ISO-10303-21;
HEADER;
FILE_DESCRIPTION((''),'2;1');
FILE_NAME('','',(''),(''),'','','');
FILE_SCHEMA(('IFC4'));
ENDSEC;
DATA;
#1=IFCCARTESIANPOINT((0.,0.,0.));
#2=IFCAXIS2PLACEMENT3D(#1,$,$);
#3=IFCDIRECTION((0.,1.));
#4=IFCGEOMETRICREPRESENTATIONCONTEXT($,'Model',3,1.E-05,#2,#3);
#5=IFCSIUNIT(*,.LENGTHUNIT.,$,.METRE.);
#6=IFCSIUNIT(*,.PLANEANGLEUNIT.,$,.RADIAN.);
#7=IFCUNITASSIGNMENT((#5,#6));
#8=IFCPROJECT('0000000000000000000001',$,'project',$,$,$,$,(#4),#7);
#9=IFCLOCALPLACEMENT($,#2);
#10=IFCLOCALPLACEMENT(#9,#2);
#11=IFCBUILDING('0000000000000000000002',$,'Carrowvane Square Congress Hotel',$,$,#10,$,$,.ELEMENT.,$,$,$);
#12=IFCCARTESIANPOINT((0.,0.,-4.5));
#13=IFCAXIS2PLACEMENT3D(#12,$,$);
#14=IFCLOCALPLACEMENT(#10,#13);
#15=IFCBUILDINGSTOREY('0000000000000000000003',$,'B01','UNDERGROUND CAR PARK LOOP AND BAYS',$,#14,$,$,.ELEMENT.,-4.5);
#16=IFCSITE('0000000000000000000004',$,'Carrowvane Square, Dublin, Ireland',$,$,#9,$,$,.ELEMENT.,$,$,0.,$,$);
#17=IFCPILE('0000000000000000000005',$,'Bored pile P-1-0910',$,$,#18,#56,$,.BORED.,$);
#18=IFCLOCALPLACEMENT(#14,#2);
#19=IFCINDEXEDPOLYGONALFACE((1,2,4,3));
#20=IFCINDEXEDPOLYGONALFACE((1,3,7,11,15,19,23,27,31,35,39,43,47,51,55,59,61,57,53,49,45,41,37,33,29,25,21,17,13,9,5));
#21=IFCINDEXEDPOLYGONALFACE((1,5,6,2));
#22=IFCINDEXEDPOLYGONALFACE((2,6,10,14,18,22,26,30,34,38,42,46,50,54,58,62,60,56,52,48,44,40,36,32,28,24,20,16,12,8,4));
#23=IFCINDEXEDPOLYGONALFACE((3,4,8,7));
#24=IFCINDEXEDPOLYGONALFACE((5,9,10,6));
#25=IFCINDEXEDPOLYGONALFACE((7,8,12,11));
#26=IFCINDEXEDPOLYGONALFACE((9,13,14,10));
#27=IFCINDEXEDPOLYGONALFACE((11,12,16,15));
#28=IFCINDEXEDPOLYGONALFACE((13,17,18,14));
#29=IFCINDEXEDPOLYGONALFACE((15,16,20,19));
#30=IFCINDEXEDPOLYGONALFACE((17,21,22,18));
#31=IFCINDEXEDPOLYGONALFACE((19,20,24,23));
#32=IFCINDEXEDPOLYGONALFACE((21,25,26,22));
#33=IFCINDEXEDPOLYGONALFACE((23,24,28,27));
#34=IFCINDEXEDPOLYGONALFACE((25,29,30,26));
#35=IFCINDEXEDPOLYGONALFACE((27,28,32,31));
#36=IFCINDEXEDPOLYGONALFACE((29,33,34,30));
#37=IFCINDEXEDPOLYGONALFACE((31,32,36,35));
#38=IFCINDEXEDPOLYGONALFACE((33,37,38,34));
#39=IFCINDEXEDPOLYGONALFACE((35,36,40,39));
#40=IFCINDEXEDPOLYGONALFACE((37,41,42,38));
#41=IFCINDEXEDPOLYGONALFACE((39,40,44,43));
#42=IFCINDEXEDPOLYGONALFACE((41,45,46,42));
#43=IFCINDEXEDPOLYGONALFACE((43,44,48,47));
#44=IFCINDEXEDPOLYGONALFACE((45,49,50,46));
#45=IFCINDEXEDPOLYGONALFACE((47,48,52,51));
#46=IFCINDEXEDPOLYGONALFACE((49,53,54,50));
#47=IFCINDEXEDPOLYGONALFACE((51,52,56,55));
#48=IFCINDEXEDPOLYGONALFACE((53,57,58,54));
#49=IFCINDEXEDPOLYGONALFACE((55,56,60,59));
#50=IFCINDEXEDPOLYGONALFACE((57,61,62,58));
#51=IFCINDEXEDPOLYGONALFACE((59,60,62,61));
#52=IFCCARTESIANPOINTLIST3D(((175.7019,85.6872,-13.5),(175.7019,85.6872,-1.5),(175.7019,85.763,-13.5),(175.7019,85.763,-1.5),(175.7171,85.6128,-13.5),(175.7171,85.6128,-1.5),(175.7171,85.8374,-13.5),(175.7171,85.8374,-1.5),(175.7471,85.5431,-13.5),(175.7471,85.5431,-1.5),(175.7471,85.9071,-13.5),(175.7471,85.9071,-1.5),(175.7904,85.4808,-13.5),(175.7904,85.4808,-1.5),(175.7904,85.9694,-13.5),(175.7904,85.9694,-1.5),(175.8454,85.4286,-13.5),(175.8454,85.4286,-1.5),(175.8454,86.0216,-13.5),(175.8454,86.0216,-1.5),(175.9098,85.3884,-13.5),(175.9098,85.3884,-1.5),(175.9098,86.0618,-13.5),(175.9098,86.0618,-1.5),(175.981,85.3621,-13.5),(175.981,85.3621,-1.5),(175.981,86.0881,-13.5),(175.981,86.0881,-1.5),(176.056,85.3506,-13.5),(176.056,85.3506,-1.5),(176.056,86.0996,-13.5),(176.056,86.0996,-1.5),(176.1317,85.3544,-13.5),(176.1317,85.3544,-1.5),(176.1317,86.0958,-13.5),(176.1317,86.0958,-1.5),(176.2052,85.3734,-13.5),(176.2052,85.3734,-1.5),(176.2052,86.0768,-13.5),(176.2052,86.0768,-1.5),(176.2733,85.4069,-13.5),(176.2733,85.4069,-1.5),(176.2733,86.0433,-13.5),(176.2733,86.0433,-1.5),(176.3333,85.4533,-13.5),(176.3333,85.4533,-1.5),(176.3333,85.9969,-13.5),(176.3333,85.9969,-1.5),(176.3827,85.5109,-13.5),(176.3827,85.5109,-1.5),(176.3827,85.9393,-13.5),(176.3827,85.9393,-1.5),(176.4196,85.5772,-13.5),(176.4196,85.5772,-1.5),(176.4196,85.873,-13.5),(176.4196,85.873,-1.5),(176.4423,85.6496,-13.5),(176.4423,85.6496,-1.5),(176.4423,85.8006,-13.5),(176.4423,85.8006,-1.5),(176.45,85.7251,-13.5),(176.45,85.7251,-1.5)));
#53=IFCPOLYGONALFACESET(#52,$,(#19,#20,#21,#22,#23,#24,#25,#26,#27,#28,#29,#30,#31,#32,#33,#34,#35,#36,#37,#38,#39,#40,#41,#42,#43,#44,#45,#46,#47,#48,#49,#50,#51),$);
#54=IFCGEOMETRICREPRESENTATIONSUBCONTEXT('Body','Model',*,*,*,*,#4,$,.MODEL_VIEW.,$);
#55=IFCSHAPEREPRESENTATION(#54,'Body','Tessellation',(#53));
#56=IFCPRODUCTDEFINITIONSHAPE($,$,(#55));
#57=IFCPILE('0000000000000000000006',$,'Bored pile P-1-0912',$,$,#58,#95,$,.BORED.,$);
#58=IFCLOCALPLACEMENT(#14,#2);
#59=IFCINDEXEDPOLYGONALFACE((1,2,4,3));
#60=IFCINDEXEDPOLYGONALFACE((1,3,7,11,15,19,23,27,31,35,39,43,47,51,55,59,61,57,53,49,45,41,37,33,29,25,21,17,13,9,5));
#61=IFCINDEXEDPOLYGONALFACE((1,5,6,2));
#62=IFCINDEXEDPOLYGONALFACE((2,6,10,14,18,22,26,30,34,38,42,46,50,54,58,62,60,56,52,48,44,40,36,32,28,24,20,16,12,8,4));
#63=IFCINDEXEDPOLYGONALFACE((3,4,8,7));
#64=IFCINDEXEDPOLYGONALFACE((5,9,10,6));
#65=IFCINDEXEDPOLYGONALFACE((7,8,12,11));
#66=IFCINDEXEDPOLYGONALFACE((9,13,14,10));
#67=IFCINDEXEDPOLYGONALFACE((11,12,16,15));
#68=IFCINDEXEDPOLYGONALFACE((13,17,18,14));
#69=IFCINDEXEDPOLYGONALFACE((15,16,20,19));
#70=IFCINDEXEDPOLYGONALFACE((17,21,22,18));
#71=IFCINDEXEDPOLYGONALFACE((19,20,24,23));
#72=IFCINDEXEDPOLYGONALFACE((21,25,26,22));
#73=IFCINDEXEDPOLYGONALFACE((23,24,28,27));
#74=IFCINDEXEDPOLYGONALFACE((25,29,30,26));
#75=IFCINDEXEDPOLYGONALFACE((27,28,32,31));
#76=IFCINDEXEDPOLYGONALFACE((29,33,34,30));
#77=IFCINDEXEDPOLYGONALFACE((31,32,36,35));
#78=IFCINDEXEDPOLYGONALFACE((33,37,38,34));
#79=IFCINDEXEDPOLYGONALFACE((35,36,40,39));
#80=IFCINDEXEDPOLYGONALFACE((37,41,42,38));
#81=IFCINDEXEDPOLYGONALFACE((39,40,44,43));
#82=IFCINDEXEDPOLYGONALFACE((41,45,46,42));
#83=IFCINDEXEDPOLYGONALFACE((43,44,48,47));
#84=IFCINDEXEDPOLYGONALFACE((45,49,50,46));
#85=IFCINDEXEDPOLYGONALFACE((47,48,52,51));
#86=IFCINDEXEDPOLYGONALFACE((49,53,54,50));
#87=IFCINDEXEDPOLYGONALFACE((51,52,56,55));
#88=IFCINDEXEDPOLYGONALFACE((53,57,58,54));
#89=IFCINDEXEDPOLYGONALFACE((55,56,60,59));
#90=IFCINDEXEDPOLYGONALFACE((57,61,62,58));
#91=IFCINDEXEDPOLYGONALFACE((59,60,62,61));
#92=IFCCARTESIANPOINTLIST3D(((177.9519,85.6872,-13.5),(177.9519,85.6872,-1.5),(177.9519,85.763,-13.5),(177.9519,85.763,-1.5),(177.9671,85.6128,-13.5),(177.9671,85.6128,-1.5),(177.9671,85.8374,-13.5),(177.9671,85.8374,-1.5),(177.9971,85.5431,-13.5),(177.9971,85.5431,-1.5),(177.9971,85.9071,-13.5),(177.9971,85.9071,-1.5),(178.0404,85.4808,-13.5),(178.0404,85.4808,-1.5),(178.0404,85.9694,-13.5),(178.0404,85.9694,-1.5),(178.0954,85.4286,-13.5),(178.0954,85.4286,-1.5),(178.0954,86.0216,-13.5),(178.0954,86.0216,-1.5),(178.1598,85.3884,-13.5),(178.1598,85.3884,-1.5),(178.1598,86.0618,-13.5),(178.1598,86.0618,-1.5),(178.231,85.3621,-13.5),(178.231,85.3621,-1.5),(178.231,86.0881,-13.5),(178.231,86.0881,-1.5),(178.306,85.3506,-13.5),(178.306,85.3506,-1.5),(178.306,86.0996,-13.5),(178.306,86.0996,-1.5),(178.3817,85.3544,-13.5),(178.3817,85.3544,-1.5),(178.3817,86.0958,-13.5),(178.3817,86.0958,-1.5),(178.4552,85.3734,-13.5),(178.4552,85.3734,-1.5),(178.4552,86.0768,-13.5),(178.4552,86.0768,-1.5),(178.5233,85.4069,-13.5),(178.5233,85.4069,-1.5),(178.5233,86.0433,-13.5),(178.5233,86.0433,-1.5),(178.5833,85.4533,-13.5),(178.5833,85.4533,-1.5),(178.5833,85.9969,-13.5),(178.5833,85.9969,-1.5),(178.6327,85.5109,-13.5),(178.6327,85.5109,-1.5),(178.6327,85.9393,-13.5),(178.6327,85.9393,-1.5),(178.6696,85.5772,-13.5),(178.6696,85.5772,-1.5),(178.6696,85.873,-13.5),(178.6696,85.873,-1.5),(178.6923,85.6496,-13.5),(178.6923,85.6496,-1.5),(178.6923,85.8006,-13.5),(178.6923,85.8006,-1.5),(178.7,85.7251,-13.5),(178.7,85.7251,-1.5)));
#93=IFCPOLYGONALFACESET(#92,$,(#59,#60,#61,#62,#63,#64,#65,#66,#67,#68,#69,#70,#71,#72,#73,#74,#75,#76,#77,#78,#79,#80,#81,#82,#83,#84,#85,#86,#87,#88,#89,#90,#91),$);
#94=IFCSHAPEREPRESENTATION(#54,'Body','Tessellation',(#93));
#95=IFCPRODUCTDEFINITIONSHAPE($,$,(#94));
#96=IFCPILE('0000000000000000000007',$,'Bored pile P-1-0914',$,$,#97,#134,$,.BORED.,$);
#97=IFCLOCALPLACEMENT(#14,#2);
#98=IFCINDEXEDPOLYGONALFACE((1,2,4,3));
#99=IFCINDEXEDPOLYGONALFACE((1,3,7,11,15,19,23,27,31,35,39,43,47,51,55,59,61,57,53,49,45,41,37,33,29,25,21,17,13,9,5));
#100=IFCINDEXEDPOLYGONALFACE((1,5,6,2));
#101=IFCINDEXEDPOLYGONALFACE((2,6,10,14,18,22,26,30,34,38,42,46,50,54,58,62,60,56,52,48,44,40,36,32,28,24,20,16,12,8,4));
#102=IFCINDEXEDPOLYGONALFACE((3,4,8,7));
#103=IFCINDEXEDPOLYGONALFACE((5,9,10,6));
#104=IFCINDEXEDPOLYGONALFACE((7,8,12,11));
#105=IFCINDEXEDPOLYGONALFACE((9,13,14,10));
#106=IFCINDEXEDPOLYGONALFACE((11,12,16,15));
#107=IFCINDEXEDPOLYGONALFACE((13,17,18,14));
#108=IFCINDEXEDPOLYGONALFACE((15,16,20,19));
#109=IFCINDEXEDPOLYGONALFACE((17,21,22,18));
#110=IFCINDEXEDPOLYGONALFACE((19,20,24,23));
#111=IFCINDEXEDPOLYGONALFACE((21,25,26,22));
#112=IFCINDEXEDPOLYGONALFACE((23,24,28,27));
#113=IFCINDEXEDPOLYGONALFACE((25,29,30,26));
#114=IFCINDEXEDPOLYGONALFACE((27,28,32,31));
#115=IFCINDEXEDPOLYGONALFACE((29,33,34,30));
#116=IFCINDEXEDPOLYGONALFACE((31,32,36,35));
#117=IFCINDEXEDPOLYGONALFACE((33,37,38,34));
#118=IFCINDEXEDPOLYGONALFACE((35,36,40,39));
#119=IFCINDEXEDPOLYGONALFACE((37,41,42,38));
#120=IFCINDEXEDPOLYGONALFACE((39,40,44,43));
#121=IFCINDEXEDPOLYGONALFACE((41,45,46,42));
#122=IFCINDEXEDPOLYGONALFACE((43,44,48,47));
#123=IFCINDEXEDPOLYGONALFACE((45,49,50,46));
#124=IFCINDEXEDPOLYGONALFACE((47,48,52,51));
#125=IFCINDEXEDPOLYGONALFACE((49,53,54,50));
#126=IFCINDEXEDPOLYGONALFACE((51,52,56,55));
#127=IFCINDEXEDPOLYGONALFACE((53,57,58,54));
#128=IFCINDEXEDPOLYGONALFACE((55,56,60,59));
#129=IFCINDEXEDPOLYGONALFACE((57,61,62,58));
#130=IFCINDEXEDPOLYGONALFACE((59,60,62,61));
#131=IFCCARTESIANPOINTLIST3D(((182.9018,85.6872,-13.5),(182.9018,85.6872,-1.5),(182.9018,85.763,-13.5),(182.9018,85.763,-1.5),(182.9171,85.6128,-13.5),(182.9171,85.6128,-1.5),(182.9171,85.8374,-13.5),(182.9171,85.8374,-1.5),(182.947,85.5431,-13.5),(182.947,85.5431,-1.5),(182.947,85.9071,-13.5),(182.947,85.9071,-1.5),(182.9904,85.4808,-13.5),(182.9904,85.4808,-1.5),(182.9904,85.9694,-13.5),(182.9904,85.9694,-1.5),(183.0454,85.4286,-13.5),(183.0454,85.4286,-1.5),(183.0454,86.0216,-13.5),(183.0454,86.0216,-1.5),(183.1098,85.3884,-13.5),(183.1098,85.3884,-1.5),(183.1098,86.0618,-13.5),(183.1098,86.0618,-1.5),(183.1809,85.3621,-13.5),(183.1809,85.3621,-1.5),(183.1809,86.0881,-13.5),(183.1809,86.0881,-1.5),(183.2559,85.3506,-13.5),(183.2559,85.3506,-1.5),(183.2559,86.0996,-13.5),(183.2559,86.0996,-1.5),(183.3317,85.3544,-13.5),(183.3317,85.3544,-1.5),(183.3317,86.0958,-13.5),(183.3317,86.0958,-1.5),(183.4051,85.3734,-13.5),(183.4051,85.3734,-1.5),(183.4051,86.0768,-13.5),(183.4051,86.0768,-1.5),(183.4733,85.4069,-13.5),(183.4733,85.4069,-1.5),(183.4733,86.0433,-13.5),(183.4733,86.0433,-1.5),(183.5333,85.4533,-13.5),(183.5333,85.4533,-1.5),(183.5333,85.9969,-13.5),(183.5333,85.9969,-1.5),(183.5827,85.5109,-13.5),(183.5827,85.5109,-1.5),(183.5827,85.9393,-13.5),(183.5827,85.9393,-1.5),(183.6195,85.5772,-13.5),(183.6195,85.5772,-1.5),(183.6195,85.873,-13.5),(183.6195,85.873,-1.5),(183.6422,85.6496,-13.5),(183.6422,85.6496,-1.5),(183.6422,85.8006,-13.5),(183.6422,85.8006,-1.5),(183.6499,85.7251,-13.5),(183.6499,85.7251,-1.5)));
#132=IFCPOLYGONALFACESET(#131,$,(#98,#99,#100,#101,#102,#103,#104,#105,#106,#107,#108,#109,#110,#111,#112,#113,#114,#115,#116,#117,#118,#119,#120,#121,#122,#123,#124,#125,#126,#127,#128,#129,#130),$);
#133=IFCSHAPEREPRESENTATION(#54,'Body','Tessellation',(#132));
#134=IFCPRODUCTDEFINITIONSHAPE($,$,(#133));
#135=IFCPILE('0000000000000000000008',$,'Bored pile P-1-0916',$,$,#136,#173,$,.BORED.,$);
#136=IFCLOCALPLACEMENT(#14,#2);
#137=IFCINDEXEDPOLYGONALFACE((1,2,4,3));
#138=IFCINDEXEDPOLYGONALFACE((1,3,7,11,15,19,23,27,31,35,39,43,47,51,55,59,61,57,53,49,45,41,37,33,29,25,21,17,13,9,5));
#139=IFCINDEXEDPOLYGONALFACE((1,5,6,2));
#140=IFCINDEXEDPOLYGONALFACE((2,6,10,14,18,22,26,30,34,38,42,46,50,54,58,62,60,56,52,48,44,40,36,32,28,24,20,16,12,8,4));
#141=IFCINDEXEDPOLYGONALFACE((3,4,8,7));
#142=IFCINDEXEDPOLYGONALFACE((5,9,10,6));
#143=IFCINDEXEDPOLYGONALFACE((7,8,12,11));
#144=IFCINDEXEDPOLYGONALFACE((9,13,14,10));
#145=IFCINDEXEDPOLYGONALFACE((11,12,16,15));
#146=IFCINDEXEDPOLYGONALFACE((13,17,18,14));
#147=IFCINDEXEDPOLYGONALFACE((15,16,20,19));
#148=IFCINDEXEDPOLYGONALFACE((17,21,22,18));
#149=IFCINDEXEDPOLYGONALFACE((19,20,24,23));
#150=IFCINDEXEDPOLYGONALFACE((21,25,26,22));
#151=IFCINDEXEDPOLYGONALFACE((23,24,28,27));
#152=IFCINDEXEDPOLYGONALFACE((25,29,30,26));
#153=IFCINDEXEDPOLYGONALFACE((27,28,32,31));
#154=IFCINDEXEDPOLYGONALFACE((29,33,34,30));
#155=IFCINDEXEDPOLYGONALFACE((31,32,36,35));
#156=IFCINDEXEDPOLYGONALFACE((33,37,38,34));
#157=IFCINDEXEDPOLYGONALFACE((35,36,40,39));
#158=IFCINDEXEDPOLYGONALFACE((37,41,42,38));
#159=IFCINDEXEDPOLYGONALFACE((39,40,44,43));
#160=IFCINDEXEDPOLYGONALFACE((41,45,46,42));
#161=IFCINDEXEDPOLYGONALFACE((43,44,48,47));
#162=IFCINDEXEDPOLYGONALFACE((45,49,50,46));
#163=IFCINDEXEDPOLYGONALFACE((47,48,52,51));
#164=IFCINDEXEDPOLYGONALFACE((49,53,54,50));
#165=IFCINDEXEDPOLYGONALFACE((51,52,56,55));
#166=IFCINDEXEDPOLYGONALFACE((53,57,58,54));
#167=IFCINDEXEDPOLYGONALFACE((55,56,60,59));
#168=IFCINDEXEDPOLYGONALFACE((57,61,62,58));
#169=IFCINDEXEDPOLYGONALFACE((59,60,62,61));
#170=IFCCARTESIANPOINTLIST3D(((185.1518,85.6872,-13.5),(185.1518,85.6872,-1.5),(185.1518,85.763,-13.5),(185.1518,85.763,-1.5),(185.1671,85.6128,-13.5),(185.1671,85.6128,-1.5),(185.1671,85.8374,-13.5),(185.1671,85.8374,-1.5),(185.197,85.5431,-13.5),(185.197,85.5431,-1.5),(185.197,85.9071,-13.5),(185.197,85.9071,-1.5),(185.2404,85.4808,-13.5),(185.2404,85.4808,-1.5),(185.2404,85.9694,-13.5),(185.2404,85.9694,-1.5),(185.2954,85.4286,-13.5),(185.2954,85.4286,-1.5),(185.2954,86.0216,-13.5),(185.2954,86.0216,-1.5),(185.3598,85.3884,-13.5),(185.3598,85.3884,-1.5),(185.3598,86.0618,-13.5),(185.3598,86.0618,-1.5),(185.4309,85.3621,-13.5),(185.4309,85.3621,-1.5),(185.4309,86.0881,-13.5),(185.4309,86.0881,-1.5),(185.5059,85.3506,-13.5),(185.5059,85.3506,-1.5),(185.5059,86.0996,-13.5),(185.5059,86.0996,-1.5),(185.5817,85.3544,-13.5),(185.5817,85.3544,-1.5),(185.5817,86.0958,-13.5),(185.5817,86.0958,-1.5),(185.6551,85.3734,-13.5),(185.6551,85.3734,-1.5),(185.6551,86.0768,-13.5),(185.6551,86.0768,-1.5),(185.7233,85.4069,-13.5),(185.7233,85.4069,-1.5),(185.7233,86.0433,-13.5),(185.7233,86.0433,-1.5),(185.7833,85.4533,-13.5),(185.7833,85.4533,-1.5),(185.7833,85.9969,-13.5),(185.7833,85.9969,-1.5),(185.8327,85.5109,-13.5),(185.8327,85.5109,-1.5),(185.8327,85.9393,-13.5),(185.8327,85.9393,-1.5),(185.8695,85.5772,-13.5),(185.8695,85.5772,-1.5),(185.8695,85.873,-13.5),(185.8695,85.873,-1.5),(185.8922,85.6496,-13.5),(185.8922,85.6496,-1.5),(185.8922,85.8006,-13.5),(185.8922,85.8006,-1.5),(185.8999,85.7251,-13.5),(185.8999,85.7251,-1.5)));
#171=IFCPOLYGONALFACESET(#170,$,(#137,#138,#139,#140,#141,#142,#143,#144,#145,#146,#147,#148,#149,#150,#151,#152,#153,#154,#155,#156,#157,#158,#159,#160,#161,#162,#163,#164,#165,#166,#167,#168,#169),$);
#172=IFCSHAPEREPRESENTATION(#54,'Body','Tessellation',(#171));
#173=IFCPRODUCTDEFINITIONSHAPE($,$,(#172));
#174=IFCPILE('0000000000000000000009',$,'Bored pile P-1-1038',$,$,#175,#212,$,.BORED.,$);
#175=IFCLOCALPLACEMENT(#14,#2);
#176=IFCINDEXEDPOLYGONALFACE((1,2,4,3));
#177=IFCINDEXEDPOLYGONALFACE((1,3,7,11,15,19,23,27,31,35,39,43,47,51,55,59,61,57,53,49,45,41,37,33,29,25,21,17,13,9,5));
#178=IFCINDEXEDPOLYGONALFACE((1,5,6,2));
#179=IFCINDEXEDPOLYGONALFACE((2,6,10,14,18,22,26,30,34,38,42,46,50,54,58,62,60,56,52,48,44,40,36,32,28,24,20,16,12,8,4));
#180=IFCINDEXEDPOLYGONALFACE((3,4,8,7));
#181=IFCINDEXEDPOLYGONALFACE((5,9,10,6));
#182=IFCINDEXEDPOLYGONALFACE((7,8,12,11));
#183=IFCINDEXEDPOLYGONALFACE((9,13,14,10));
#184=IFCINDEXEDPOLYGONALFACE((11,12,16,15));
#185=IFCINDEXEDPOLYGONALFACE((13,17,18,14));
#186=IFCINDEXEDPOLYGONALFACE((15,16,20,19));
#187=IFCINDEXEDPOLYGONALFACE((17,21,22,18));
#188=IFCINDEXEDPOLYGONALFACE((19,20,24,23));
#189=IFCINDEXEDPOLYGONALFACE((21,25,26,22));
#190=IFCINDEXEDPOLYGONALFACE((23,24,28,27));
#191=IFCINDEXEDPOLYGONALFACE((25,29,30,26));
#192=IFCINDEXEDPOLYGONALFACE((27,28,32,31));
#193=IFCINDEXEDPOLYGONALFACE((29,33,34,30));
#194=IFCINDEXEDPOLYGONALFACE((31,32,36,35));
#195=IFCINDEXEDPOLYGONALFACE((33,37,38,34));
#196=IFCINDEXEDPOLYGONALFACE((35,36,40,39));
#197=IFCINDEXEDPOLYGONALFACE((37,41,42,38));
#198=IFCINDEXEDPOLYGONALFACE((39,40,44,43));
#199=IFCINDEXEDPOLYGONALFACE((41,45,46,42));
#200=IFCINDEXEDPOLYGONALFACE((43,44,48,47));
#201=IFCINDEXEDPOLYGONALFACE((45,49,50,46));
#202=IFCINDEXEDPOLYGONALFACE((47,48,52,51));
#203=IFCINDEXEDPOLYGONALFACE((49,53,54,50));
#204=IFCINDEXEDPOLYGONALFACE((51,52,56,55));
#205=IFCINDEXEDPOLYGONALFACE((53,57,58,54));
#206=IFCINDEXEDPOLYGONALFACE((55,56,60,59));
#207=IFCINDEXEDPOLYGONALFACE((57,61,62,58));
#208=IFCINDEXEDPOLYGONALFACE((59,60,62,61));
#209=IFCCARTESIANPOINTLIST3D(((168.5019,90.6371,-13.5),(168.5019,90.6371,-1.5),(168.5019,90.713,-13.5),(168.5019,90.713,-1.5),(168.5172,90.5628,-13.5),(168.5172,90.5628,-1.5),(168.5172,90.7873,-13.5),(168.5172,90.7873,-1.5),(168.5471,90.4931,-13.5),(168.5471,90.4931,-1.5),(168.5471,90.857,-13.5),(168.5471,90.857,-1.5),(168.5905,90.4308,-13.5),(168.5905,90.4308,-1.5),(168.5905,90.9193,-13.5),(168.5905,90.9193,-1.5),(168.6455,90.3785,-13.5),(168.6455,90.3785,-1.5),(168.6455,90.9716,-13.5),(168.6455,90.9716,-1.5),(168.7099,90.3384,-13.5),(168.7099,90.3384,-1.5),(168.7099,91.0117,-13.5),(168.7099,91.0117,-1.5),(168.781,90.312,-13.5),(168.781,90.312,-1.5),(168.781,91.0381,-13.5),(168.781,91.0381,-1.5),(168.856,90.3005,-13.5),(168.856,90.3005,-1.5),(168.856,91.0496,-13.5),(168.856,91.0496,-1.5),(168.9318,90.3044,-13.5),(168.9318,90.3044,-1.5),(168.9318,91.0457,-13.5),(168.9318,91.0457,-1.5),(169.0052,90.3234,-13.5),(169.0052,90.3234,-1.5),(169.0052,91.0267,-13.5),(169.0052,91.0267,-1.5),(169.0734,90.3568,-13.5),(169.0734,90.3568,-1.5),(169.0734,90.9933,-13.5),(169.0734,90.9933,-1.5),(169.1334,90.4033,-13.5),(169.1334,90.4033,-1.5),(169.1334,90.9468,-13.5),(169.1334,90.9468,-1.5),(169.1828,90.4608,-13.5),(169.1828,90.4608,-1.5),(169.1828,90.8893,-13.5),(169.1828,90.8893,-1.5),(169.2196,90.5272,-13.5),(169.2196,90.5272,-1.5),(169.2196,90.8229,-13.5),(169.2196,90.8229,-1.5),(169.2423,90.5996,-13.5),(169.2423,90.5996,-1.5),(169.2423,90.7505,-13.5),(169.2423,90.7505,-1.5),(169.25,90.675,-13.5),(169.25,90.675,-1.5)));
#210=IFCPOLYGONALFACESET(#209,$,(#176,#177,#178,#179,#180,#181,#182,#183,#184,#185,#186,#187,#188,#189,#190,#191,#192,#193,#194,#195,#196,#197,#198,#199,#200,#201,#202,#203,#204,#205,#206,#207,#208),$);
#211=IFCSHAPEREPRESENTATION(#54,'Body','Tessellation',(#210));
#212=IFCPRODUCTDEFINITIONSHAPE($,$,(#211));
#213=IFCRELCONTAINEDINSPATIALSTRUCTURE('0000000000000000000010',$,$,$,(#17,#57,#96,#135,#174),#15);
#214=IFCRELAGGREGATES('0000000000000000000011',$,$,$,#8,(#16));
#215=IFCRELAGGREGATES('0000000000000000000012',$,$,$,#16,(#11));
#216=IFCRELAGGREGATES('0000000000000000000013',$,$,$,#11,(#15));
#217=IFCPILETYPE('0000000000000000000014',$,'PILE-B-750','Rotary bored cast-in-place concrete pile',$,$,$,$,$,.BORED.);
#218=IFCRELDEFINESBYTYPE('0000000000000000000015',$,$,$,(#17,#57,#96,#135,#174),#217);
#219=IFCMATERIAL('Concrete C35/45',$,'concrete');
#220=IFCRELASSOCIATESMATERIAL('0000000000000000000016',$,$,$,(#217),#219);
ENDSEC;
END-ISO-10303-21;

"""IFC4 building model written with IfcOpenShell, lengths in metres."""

from ifc_helpers import new_model, si_unit, direction, frame, origin, origin_2d, place, context, subcontext, project, spatial, circle, extrude, material, material_profile, profile_set, type_object, element, save


model = new_model("IFC4")

# Units and contexts
model_context = context("Model", 3, precision=1e-05, world=origin(), true_north=direction((0.0, 1.0)))
body_context = subcontext(model_context, "Body", "Model", "MODEL_VIEW")
ifc_project = project(units=[si_unit("LENGTHUNIT", "METRE"), si_unit("PLANEANGLEUNIT", "RADIAN")], contexts=[model_context])

# Site, building, storey
site_placement = place(None, origin())
site = spatial("IfcSite", under=ifc_project, at=site_placement, Name="Carrowvane Square, Dublin, Ireland", CompositionType="ELEMENT", RefElevation=0.0)
building_placement = place(site_placement, origin())
building = spatial("IfcBuilding", under=site, at=building_placement, Name="Carrowvane Square Congress Hotel", CompositionType="ELEMENT")
storey_placement = place(building_placement, frame((0.0, 0.0, -4.5)))
storey = spatial("IfcBuildingStorey", under=building, at=storey_placement, Name="B01", Description="UNDERGROUND CAR PARK LOOP AND BAYS", CompositionType="ELEMENT", Elevation=-4.5)

# Piles
ifc_material_1 = material(Name="Concrete C35/45", Category="concrete")
ifc_material_profile_1 = material_profile(ifc_material_1, circle(Radius=0.375, at=origin_2d()), Name="PILE D750")
ifc_profile_set_1 = profile_set([ifc_material_profile_1], Name="Concrete C35/45")
pile_type = type_object("IfcPileType", Name="PILE-B-750", Description="Rotary bored cast-in-place concrete pile", PredefinedType="BORED", material=ifc_profile_set_1)
for number, where, z_axis, x_axis, name in (
    (1, (176.075, 85.7251, -1.5), (0.0, 0.0, -1.0), (1.0, 0.0, 0.0), "Bored pile P-1-0910"),
    (2, (178.325, 85.7251, -1.5), (0.0, 0.0, -1.0), (1.0, 0.0, 0.0), "Bored pile P-1-0912"),
    (3, (183.2749, 85.7251, -1.5), (0.0, 0.0, -1.0), (1.0, 0.0, 0.0), "Bored pile P-1-0914"),
    (4, (185.5249, 85.7251, -1.5), (0.0, 0.0, -1.0), (1.0, 0.0, 0.0), "Bored pile P-1-0916"),
    (5, (168.875, 90.675, -1.5), (0.0, 0.0, -1.0), (1.0, 0.0, 0.0), "Bored pile P-1-1038"),
):
    element("IfcPile", number, at=place(storey_placement, frame(where, z_axis=z_axis, x_axis=x_axis)), inside=storey, type_object=pile_type, Name=name, PredefinedType="BORED", context=body_context, shape_type="SweptSolid", body=[
        extrude(circle(Radius=0.375, at=origin_2d()), origin(), (0.0, 0.0, 1.0), 12.0),
    ])

save(model, "model.ifc")
